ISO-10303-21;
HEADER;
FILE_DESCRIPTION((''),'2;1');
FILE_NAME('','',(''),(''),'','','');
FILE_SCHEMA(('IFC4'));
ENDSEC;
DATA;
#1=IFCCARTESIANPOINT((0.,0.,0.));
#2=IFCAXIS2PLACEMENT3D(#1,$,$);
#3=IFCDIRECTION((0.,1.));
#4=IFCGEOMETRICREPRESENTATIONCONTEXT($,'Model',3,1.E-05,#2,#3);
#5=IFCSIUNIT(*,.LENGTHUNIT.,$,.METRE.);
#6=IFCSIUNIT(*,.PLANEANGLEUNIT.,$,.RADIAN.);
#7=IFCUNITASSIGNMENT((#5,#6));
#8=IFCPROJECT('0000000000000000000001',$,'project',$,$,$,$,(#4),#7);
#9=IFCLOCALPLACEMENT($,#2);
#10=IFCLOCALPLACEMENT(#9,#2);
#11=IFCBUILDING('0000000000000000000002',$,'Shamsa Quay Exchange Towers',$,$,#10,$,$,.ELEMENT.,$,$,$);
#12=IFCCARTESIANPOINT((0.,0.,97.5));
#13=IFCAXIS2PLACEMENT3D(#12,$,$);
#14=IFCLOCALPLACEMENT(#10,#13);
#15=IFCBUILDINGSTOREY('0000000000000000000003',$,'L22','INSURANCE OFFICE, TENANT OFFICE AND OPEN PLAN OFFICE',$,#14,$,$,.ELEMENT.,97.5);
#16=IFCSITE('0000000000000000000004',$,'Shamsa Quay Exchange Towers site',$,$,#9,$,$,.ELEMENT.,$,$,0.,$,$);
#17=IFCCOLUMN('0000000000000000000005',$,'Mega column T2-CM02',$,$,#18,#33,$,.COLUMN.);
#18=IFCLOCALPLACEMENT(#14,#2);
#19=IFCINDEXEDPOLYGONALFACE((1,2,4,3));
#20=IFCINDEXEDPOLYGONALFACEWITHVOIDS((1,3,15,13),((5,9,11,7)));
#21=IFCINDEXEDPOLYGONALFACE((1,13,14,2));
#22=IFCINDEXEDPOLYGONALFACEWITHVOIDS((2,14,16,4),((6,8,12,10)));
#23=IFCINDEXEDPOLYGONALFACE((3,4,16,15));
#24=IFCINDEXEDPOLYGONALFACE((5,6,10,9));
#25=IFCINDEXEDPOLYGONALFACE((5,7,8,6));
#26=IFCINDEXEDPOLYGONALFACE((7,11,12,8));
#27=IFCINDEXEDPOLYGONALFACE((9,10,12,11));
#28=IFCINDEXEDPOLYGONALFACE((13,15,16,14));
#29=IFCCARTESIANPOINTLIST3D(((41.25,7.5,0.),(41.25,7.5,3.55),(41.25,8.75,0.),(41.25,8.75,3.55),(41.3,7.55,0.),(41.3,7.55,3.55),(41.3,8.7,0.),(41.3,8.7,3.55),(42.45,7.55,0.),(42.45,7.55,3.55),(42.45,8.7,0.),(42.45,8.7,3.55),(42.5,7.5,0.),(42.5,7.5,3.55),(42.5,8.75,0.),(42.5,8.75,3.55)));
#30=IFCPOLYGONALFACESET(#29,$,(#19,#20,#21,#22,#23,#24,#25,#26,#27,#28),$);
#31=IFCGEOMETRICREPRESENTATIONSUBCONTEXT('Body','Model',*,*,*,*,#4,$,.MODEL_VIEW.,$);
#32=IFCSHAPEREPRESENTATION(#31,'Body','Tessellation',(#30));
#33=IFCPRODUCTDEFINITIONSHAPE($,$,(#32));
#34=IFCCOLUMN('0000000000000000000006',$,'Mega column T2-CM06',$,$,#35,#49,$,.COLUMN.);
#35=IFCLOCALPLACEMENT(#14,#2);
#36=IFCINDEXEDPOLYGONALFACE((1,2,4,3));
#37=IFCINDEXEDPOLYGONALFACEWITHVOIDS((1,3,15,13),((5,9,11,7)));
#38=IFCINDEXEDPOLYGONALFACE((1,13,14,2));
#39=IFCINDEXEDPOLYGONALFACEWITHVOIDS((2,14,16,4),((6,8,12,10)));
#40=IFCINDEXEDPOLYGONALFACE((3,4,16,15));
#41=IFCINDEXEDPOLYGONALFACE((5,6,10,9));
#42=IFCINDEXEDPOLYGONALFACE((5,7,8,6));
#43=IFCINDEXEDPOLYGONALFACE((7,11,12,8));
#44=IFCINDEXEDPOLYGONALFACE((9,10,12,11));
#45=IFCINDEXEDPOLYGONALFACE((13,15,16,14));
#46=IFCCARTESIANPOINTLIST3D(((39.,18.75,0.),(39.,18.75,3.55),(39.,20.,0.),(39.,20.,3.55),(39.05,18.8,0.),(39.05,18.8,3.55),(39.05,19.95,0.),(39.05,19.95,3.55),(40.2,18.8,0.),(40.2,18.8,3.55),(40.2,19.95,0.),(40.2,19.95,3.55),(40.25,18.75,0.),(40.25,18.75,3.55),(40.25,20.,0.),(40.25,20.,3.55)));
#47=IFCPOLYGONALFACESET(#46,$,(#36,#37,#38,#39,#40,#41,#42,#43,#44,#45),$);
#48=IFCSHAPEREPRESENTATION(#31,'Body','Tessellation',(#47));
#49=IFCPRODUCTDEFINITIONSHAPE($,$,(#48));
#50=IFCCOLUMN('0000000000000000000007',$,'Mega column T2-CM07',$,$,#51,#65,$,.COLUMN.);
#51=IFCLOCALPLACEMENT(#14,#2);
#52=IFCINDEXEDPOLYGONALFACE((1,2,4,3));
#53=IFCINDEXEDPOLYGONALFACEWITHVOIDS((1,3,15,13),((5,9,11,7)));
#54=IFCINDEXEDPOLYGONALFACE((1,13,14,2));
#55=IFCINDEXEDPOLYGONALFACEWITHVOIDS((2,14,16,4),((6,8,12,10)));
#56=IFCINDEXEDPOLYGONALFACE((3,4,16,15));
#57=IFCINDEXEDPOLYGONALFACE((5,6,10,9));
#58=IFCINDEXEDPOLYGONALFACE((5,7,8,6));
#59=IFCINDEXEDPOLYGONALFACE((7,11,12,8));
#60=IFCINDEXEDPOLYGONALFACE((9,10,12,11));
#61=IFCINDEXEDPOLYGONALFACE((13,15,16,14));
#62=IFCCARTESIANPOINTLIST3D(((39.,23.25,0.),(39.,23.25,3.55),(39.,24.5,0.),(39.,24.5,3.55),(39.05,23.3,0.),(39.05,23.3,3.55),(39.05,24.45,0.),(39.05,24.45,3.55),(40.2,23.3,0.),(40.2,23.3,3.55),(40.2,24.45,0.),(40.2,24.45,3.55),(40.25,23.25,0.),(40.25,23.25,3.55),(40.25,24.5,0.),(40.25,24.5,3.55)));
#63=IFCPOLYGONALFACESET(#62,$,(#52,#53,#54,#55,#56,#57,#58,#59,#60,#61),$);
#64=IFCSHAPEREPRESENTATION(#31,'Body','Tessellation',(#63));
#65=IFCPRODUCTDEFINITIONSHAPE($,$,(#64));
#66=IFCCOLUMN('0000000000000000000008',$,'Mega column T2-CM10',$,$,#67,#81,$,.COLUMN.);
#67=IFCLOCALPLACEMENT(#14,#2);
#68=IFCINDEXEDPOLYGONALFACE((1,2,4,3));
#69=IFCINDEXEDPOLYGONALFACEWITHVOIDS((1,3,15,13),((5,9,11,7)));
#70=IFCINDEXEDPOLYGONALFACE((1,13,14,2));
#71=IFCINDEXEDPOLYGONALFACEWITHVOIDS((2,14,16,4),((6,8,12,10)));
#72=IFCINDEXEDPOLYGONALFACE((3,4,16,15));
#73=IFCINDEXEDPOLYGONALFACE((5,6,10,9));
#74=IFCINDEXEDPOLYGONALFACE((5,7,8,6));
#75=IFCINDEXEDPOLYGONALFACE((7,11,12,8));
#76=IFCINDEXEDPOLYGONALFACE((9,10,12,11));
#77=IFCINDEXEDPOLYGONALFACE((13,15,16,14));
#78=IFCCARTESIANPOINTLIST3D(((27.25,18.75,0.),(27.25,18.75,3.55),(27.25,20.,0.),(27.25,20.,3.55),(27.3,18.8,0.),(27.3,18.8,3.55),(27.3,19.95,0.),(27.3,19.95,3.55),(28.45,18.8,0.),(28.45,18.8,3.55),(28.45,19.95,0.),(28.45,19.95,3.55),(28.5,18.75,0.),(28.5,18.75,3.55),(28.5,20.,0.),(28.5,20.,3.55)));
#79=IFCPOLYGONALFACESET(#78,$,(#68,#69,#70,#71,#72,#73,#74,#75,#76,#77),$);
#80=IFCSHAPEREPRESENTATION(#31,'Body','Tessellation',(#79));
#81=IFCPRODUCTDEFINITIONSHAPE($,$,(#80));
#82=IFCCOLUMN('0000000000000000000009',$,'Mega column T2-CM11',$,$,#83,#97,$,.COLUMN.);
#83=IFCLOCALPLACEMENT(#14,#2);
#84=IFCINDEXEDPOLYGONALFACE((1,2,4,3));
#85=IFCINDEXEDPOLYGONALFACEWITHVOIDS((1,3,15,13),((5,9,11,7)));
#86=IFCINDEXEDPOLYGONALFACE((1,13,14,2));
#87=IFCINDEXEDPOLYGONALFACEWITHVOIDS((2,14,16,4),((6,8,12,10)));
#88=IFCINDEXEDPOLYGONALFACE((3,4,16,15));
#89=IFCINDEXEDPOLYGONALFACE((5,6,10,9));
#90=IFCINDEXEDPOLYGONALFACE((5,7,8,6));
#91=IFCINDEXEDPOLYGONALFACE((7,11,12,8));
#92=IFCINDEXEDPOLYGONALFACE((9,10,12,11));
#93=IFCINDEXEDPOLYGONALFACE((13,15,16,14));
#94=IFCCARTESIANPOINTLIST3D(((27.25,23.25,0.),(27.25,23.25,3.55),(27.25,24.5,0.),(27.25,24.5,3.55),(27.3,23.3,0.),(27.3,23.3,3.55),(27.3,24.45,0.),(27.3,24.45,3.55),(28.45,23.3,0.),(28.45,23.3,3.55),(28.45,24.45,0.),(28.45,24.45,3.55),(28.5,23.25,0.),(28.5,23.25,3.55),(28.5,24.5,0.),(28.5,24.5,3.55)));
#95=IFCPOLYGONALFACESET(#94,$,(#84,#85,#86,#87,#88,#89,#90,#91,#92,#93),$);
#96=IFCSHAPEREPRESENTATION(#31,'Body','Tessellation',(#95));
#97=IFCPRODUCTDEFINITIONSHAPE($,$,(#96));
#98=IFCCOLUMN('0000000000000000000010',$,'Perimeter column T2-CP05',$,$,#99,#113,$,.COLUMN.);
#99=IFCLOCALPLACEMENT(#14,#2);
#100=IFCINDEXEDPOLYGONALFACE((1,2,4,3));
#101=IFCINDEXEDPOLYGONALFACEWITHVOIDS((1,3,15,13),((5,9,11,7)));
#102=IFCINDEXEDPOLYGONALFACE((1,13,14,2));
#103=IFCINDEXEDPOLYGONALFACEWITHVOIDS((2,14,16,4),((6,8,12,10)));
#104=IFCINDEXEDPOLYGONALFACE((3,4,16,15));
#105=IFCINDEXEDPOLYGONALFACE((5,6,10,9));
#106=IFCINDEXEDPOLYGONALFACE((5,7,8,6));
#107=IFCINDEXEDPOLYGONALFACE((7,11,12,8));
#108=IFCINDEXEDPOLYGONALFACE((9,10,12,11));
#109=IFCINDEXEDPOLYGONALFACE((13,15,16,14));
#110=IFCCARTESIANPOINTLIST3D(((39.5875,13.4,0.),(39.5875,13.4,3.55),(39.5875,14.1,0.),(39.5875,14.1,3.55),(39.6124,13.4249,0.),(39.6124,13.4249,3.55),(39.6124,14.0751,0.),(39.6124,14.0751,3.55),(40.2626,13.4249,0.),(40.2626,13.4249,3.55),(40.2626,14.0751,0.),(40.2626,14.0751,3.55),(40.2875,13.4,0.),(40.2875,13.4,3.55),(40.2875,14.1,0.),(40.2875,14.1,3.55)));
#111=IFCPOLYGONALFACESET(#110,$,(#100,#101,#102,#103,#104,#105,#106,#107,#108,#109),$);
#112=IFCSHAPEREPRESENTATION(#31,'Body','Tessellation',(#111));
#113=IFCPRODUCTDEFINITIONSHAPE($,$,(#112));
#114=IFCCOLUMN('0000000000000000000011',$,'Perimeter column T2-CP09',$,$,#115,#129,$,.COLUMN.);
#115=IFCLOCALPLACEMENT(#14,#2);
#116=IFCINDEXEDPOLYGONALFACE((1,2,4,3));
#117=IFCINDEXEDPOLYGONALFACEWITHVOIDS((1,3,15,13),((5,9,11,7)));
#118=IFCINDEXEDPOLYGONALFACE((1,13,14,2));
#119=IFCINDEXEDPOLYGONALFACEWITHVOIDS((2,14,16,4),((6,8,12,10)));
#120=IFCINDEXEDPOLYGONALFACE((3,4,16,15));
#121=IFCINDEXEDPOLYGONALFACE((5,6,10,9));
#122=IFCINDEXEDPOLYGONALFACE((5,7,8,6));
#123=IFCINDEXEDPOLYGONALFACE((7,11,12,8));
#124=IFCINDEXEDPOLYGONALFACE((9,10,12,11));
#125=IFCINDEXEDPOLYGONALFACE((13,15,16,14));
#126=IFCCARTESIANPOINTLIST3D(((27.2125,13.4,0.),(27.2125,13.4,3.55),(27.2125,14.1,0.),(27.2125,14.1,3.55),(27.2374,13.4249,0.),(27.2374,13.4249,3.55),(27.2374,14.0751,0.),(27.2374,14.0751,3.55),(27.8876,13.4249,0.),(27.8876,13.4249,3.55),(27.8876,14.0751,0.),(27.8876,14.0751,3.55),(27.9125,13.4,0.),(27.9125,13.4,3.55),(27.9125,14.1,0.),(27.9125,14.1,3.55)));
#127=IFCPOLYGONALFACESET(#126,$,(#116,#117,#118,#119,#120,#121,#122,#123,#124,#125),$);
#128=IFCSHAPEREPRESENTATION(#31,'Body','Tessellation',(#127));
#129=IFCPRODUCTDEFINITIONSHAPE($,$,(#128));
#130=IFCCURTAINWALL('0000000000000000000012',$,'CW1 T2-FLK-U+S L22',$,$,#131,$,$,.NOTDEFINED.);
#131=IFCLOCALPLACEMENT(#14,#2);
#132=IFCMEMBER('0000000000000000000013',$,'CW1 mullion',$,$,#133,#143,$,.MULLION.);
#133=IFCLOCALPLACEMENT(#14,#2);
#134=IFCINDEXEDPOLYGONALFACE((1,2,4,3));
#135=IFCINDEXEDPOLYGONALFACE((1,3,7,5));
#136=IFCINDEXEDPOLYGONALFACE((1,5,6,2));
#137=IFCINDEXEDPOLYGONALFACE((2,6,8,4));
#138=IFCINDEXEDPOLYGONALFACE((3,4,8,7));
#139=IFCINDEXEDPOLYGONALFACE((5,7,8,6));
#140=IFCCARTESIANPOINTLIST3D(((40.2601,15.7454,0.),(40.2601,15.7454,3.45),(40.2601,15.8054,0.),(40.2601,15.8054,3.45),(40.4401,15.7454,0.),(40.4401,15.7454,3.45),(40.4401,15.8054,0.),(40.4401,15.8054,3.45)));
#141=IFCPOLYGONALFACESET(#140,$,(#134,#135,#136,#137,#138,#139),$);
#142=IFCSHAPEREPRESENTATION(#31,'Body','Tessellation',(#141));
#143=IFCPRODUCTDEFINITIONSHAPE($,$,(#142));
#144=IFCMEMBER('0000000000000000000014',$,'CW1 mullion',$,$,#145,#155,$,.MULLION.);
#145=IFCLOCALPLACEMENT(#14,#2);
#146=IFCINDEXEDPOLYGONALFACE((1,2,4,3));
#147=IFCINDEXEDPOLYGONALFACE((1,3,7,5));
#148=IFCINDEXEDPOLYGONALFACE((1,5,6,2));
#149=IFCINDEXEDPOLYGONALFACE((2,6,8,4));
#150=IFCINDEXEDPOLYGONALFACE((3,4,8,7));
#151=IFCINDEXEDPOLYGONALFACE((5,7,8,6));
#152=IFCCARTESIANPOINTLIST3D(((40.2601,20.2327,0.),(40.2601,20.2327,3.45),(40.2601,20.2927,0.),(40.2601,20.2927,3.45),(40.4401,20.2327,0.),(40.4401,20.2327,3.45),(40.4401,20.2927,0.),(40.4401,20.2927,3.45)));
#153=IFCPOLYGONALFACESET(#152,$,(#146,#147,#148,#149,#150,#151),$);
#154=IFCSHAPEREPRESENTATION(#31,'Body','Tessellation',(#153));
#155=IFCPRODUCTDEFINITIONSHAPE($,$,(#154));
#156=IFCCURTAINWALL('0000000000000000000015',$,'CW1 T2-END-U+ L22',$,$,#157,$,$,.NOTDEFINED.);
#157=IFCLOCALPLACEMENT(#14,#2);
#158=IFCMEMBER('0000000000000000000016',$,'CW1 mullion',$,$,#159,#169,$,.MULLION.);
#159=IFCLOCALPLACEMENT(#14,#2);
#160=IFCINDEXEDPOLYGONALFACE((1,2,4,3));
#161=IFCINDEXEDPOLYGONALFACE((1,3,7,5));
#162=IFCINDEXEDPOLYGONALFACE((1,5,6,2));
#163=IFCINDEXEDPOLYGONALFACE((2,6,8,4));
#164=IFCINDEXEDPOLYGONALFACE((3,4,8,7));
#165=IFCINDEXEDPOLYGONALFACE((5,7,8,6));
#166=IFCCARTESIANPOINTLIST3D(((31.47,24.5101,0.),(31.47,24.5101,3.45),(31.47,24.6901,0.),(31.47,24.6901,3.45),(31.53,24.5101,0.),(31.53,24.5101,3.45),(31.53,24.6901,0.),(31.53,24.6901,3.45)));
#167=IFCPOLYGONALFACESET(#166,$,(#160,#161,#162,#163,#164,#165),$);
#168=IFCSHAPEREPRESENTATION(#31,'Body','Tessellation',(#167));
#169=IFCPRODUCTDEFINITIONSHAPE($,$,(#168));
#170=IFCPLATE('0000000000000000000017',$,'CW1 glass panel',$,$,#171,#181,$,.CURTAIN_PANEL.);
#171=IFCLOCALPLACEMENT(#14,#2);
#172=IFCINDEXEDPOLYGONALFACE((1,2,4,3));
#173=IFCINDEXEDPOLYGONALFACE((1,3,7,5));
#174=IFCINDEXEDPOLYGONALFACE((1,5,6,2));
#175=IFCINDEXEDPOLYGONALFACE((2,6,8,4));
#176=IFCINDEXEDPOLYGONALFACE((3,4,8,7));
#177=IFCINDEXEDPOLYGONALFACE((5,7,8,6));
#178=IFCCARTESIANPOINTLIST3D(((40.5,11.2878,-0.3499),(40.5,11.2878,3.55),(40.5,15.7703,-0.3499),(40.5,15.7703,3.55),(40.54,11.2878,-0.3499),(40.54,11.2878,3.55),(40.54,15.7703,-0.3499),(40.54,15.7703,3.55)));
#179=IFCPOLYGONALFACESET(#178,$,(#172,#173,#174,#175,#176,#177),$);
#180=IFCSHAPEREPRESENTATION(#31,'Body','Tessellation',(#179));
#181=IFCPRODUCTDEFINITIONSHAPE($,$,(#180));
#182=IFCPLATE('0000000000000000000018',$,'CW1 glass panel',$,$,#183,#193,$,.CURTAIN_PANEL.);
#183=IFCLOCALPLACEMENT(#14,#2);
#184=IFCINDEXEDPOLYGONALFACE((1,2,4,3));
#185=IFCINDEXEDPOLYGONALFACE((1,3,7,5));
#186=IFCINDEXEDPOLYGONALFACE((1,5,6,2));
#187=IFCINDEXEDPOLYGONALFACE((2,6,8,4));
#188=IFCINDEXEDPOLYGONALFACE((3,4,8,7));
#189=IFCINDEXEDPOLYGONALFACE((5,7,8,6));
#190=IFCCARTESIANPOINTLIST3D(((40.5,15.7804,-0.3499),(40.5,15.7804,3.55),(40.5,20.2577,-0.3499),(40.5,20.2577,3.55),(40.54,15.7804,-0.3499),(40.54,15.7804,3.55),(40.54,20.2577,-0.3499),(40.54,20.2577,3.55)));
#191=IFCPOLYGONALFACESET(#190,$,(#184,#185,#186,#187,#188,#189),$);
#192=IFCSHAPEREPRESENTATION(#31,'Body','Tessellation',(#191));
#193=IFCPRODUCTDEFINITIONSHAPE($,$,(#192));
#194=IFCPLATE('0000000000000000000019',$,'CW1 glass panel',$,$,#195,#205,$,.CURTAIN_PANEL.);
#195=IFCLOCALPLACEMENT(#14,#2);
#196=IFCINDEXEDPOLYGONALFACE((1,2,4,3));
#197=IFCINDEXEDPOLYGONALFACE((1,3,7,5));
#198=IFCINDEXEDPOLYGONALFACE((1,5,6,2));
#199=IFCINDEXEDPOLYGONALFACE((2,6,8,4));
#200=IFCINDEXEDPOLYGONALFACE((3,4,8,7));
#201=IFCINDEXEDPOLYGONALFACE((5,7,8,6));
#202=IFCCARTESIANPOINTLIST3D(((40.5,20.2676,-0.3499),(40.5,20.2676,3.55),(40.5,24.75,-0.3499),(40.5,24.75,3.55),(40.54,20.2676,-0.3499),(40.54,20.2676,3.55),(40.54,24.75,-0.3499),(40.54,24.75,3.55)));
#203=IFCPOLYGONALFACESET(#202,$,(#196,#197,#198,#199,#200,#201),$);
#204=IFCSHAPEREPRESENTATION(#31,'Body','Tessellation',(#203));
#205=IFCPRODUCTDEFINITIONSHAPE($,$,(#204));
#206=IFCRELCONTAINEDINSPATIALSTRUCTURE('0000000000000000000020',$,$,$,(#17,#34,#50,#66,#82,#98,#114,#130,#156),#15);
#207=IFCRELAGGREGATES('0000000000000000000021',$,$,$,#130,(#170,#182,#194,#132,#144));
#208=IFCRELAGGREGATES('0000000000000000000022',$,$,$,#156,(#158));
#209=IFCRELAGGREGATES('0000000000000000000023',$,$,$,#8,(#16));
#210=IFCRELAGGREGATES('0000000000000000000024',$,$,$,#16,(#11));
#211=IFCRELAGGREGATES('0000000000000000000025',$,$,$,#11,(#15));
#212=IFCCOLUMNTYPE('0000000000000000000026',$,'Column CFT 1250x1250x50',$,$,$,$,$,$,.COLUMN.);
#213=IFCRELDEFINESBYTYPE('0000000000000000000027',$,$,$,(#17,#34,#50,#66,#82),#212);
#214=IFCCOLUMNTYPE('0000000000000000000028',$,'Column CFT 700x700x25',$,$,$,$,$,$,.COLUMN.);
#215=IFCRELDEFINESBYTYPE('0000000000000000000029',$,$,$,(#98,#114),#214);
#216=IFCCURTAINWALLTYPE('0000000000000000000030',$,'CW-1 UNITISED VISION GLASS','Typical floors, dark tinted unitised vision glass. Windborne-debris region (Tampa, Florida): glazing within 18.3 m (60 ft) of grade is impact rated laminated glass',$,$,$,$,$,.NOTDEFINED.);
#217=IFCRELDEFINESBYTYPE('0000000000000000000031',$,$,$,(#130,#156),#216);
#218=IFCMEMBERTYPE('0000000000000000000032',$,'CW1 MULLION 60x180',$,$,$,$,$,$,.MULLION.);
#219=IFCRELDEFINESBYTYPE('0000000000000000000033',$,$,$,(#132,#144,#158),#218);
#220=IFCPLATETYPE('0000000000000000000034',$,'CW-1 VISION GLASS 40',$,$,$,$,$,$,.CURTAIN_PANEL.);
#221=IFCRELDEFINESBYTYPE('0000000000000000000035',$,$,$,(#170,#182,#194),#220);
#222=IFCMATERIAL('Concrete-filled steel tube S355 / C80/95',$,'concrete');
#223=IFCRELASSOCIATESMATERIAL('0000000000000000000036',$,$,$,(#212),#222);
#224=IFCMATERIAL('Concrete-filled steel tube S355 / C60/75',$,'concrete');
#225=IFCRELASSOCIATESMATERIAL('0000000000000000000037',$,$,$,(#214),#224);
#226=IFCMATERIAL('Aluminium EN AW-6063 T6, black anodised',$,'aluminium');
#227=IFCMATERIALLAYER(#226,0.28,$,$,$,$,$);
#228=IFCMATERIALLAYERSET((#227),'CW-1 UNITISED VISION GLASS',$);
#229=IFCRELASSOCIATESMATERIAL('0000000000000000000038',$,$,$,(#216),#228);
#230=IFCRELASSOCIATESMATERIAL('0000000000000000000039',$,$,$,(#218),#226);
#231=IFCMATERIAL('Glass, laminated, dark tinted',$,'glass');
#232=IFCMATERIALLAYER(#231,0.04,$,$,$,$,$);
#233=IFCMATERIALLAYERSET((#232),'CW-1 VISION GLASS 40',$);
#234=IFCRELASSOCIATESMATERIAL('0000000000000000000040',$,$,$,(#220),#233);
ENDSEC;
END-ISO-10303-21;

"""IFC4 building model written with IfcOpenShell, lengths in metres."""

from ifc_helpers import new_model, si_unit, direction, frame, origin, origin_2d, place, context, subcontext, project, spatial, rectangle, hollow_rectangle, extrude, material, layer, layer_set, material_profile, profile_set, type_object, element, aggregate, save


model = new_model("IFC4")

# Units and contexts
model_context = context("Model", 3, precision=1e-05, world=origin(), true_north=direction((0.0, 1.0)))
body_context = subcontext(model_context, "Body", "Model", "MODEL_VIEW")
ifc_project = project(units=[si_unit("LENGTHUNIT", "METRE"), si_unit("PLANEANGLEUNIT", "RADIAN")], contexts=[model_context])

# Site, building, storey
site_placement = place(None, origin())
site = spatial("IfcSite", under=ifc_project, at=site_placement, Name="Shamsa Quay Exchange Towers site", CompositionType="ELEMENT", RefElevation=0.0)
building_placement = place(site_placement, origin())
building = spatial("IfcBuilding", under=site, at=building_placement, Name="Shamsa Quay Exchange Towers", CompositionType="ELEMENT")
storey_placement = place(building_placement, frame((0.0, 0.0, 97.5)))
storey = spatial("IfcBuildingStorey", under=building, at=storey_placement, Name="L22", Description="INSURANCE OFFICE, TENANT OFFICE AND OPEN PLAN OFFICE", CompositionType="ELEMENT", Elevation=97.5)

# Columns
ifc_material_1 = material(Name="Concrete-filled steel tube S355 / C80/95", Category="concrete")
ifc_material_profile_1 = material_profile(ifc_material_1, hollow_rectangle(XDim=1.25, YDim=1.25, WallThickness=0.05, at=origin_2d()), Name="CFT 1250x1250x50")
ifc_profile_set_1 = profile_set([ifc_material_profile_1], Name="Concrete-filled steel tube S355 / C80/95")
column_type_1 = type_object("IfcColumnType", Name="Column CFT 1250x1250x50", PredefinedType="COLUMN", material=ifc_profile_set_1)
for number, where, name in (
    (1, (41.875, 8.125, 0.0), "Mega column T2-CM02"),
    (2, (39.625, 19.375, 0.0), "Mega column T2-CM06"),
    (3, (39.625, 23.875, 0.0), "Mega column T2-CM07"),
    (4, (27.875, 19.375, 0.0), "Mega column T2-CM10"),
    (5, (27.875, 23.875, 0.0), "Mega column T2-CM11"),
):
    element("IfcColumn", number, at=place(storey_placement, frame(where)), inside=storey, type_object=column_type_1, Name=name, PredefinedType="COLUMN", context=body_context, shape_type="SweptSolid", body=[
        extrude(hollow_rectangle(XDim=1.25, YDim=1.25, WallThickness=0.05, at=origin_2d()), origin(), (0.0, 0.0, 1.0), 3.55),
    ])
ifc_material_2 = material(Name="Concrete-filled steel tube S355 / C60/75", Category="concrete")
ifc_material_profile_2 = material_profile(ifc_material_2, hollow_rectangle(XDim=0.7, YDim=0.7, WallThickness=0.0249, at=origin_2d()), Name="CFT 700x700x25")
ifc_profile_set_2 = profile_set([ifc_material_profile_2], Name="Concrete-filled steel tube S355 / C60/75")
column_type_2 = type_object("IfcColumnType", Name="Column CFT 700x700x25", PredefinedType="COLUMN", material=ifc_profile_set_2)
for number, where, name in (
    (6, (39.9375, 13.75, 0.0), "Perimeter column T2-CP05"),
    (7, (27.5625, 13.75, 0.0), "Perimeter column T2-CP09"),
):
    element("IfcColumn", number, at=place(storey_placement, frame(where)), inside=storey, type_object=column_type_2, Name=name, PredefinedType="COLUMN", context=body_context, shape_type="SweptSolid", body=[
        extrude(hollow_rectangle(XDim=0.7, YDim=0.7, WallThickness=0.0249, at=origin_2d()), origin(), (0.0, 0.0, 1.0), 3.55),
    ])

# Curtain wall, members
ifc_material_3 = material(Name="Aluminium EN AW-6063 T6, black anodised", Category="aluminium")
ifc_layer_1 = layer(ifc_material_3, 0.28)
ifc_layer_set_1 = layer_set([ifc_layer_1], Name="CW-1 UNITISED VISION GLASS")
curtain_wall_type_1 = type_object("IfcCurtainWallType", Name="CW-1 UNITISED VISION GLASS", Description="Typical floors, dark tinted unitised vision glass. Windborne-debris region (Tampa, Florida): glazing within 18.3 m (60 ft) of grade is impact rated laminated glass", PredefinedType="NOTDEFINED", material=ifc_layer_set_1)
curtain_wall_1_placement = place(storey_placement, origin())
curtain_wall_1 = element("IfcCurtainWall", 8, at=curtain_wall_1_placement, inside=storey, type_object=curtain_wall_type_1, Name="CW1 T2-FLK-U+S L22", PredefinedType="NOTDEFINED")
ifc_material_profile_3 = material_profile(ifc_material_3, rectangle(XDim=0.1799, YDim=0.0601, at=origin_2d()), Name="MU60x180")
ifc_profile_set_3 = profile_set([ifc_material_profile_3], Name="Aluminium EN AW-6063 T6, black anodised")
member_type = type_object("IfcMemberType", Name="CW1 MULLION 60x180", PredefinedType="MULLION", material=ifc_profile_set_3)
member_1_placement = place(storey_placement, frame((40.3501, 15.7754, 0.0), z_axis=(0.0, 0.0, 1.0), x_axis=(-1.0, 0.0, 0.0)))
member_1 = element("IfcMember", 9, at=member_1_placement, type_object=member_type, Name="CW1 mullion", PredefinedType="MULLION", context=body_context, shape_type="SweptSolid", body=[
    extrude(rectangle(XDim=0.1799, YDim=0.0601, at=origin_2d()), origin(), (0.0, 0.0, 1.0), 3.45),
])
member_2_placement = place(storey_placement, frame((40.3501, 20.2627, 0.0), z_axis=(0.0, 0.0, 1.0), x_axis=(-1.0, 0.0, 0.0)))
member_2 = element("IfcMember", 10, at=member_2_placement, type_object=member_type, Name="CW1 mullion", PredefinedType="MULLION", context=body_context, shape_type="SweptSolid", body=[
    extrude(rectangle(XDim=0.1799, YDim=0.0601, at=origin_2d()), origin(), (0.0, 0.0, 1.0), 3.45),
])

# Curtain wall, member
curtain_wall_2_placement = place(storey_placement, origin())
curtain_wall_2 = element("IfcCurtainWall", 11, at=curtain_wall_2_placement, inside=storey, type_object=curtain_wall_type_1, Name="CW1 T2-END-U+ L22", PredefinedType="NOTDEFINED")
member_3_placement = place(storey_placement, frame((31.5, 24.6001, 0.0), z_axis=(0.0, 0.0, 1.0), x_axis=(0.0, -1.0, 0.0)))
member_3 = element("IfcMember", 12, at=member_3_placement, type_object=member_type, Name="CW1 mullion", PredefinedType="MULLION", context=body_context, shape_type="SweptSolid", body=[
    extrude(rectangle(XDim=0.1799, YDim=0.0601, at=origin_2d()), origin(), (0.0, 0.0, 1.0), 3.45),
])

# Plates
ifc_material_4 = material(Name="Glass, laminated, dark tinted", Category="glass")
ifc_layer_2 = layer(ifc_material_4, 0.04)
ifc_layer_set_2 = layer_set([ifc_layer_2], Name="CW-1 VISION GLASS 40")
plate_type_1 = type_object("IfcPlateType", Name="CW-1 VISION GLASS 40", PredefinedType="CURTAIN_PANEL", material=ifc_layer_set_2)
plate_1_placement = place(storey_placement, frame((40.52, 13.5291, -0.3499), z_axis=(0.0, 0.0, 1.0), x_axis=(0.0, 1.0, 0.0)))
plate_1 = element("IfcPlate", 13, at=plate_1_placement, type_object=plate_type_1, Name="CW1 glass panel", PredefinedType="CURTAIN_PANEL", context=body_context, shape_type="SweptSolid", body=[
    extrude(rectangle(XDim=4.4824, YDim=0.04, at=origin_2d()), origin(), (0.0, 0.0, 1.0), 3.8999),
])
plate_2_placement = place(storey_placement, frame((40.52, 18.019, -0.3499), z_axis=(0.0, 0.0, 1.0), x_axis=(0.0, 1.0, 0.0)))
plate_2 = element("IfcPlate", 14, at=plate_2_placement, type_object=plate_type_1, Name="CW1 glass panel", PredefinedType="CURTAIN_PANEL", context=body_context, shape_type="SweptSolid", body=[
    extrude(rectangle(XDim=4.4773, YDim=0.04, at=origin_2d()), origin(), (0.0, 0.0, 1.0), 3.8999),
])
plate_3_placement = place(storey_placement, frame((40.52, 22.5088, -0.3499), z_axis=(0.0, 0.0, 1.0), x_axis=(0.0, 1.0, 0.0)))
plate_3 = element("IfcPlate", 15, at=plate_3_placement, type_object=plate_type_1, Name="CW1 glass panel", PredefinedType="CURTAIN_PANEL", context=body_context, shape_type="SweptSolid", body=[
    extrude(rectangle(XDim=4.4824, YDim=0.04, at=origin_2d()), origin(), (0.0, 0.0, 1.0), 3.8999),
])
aggregate(curtain_wall_1, [plate_1, plate_2, plate_3, member_1, member_2])
aggregate(curtain_wall_2, [member_3])

save(model, "model.ifc")
